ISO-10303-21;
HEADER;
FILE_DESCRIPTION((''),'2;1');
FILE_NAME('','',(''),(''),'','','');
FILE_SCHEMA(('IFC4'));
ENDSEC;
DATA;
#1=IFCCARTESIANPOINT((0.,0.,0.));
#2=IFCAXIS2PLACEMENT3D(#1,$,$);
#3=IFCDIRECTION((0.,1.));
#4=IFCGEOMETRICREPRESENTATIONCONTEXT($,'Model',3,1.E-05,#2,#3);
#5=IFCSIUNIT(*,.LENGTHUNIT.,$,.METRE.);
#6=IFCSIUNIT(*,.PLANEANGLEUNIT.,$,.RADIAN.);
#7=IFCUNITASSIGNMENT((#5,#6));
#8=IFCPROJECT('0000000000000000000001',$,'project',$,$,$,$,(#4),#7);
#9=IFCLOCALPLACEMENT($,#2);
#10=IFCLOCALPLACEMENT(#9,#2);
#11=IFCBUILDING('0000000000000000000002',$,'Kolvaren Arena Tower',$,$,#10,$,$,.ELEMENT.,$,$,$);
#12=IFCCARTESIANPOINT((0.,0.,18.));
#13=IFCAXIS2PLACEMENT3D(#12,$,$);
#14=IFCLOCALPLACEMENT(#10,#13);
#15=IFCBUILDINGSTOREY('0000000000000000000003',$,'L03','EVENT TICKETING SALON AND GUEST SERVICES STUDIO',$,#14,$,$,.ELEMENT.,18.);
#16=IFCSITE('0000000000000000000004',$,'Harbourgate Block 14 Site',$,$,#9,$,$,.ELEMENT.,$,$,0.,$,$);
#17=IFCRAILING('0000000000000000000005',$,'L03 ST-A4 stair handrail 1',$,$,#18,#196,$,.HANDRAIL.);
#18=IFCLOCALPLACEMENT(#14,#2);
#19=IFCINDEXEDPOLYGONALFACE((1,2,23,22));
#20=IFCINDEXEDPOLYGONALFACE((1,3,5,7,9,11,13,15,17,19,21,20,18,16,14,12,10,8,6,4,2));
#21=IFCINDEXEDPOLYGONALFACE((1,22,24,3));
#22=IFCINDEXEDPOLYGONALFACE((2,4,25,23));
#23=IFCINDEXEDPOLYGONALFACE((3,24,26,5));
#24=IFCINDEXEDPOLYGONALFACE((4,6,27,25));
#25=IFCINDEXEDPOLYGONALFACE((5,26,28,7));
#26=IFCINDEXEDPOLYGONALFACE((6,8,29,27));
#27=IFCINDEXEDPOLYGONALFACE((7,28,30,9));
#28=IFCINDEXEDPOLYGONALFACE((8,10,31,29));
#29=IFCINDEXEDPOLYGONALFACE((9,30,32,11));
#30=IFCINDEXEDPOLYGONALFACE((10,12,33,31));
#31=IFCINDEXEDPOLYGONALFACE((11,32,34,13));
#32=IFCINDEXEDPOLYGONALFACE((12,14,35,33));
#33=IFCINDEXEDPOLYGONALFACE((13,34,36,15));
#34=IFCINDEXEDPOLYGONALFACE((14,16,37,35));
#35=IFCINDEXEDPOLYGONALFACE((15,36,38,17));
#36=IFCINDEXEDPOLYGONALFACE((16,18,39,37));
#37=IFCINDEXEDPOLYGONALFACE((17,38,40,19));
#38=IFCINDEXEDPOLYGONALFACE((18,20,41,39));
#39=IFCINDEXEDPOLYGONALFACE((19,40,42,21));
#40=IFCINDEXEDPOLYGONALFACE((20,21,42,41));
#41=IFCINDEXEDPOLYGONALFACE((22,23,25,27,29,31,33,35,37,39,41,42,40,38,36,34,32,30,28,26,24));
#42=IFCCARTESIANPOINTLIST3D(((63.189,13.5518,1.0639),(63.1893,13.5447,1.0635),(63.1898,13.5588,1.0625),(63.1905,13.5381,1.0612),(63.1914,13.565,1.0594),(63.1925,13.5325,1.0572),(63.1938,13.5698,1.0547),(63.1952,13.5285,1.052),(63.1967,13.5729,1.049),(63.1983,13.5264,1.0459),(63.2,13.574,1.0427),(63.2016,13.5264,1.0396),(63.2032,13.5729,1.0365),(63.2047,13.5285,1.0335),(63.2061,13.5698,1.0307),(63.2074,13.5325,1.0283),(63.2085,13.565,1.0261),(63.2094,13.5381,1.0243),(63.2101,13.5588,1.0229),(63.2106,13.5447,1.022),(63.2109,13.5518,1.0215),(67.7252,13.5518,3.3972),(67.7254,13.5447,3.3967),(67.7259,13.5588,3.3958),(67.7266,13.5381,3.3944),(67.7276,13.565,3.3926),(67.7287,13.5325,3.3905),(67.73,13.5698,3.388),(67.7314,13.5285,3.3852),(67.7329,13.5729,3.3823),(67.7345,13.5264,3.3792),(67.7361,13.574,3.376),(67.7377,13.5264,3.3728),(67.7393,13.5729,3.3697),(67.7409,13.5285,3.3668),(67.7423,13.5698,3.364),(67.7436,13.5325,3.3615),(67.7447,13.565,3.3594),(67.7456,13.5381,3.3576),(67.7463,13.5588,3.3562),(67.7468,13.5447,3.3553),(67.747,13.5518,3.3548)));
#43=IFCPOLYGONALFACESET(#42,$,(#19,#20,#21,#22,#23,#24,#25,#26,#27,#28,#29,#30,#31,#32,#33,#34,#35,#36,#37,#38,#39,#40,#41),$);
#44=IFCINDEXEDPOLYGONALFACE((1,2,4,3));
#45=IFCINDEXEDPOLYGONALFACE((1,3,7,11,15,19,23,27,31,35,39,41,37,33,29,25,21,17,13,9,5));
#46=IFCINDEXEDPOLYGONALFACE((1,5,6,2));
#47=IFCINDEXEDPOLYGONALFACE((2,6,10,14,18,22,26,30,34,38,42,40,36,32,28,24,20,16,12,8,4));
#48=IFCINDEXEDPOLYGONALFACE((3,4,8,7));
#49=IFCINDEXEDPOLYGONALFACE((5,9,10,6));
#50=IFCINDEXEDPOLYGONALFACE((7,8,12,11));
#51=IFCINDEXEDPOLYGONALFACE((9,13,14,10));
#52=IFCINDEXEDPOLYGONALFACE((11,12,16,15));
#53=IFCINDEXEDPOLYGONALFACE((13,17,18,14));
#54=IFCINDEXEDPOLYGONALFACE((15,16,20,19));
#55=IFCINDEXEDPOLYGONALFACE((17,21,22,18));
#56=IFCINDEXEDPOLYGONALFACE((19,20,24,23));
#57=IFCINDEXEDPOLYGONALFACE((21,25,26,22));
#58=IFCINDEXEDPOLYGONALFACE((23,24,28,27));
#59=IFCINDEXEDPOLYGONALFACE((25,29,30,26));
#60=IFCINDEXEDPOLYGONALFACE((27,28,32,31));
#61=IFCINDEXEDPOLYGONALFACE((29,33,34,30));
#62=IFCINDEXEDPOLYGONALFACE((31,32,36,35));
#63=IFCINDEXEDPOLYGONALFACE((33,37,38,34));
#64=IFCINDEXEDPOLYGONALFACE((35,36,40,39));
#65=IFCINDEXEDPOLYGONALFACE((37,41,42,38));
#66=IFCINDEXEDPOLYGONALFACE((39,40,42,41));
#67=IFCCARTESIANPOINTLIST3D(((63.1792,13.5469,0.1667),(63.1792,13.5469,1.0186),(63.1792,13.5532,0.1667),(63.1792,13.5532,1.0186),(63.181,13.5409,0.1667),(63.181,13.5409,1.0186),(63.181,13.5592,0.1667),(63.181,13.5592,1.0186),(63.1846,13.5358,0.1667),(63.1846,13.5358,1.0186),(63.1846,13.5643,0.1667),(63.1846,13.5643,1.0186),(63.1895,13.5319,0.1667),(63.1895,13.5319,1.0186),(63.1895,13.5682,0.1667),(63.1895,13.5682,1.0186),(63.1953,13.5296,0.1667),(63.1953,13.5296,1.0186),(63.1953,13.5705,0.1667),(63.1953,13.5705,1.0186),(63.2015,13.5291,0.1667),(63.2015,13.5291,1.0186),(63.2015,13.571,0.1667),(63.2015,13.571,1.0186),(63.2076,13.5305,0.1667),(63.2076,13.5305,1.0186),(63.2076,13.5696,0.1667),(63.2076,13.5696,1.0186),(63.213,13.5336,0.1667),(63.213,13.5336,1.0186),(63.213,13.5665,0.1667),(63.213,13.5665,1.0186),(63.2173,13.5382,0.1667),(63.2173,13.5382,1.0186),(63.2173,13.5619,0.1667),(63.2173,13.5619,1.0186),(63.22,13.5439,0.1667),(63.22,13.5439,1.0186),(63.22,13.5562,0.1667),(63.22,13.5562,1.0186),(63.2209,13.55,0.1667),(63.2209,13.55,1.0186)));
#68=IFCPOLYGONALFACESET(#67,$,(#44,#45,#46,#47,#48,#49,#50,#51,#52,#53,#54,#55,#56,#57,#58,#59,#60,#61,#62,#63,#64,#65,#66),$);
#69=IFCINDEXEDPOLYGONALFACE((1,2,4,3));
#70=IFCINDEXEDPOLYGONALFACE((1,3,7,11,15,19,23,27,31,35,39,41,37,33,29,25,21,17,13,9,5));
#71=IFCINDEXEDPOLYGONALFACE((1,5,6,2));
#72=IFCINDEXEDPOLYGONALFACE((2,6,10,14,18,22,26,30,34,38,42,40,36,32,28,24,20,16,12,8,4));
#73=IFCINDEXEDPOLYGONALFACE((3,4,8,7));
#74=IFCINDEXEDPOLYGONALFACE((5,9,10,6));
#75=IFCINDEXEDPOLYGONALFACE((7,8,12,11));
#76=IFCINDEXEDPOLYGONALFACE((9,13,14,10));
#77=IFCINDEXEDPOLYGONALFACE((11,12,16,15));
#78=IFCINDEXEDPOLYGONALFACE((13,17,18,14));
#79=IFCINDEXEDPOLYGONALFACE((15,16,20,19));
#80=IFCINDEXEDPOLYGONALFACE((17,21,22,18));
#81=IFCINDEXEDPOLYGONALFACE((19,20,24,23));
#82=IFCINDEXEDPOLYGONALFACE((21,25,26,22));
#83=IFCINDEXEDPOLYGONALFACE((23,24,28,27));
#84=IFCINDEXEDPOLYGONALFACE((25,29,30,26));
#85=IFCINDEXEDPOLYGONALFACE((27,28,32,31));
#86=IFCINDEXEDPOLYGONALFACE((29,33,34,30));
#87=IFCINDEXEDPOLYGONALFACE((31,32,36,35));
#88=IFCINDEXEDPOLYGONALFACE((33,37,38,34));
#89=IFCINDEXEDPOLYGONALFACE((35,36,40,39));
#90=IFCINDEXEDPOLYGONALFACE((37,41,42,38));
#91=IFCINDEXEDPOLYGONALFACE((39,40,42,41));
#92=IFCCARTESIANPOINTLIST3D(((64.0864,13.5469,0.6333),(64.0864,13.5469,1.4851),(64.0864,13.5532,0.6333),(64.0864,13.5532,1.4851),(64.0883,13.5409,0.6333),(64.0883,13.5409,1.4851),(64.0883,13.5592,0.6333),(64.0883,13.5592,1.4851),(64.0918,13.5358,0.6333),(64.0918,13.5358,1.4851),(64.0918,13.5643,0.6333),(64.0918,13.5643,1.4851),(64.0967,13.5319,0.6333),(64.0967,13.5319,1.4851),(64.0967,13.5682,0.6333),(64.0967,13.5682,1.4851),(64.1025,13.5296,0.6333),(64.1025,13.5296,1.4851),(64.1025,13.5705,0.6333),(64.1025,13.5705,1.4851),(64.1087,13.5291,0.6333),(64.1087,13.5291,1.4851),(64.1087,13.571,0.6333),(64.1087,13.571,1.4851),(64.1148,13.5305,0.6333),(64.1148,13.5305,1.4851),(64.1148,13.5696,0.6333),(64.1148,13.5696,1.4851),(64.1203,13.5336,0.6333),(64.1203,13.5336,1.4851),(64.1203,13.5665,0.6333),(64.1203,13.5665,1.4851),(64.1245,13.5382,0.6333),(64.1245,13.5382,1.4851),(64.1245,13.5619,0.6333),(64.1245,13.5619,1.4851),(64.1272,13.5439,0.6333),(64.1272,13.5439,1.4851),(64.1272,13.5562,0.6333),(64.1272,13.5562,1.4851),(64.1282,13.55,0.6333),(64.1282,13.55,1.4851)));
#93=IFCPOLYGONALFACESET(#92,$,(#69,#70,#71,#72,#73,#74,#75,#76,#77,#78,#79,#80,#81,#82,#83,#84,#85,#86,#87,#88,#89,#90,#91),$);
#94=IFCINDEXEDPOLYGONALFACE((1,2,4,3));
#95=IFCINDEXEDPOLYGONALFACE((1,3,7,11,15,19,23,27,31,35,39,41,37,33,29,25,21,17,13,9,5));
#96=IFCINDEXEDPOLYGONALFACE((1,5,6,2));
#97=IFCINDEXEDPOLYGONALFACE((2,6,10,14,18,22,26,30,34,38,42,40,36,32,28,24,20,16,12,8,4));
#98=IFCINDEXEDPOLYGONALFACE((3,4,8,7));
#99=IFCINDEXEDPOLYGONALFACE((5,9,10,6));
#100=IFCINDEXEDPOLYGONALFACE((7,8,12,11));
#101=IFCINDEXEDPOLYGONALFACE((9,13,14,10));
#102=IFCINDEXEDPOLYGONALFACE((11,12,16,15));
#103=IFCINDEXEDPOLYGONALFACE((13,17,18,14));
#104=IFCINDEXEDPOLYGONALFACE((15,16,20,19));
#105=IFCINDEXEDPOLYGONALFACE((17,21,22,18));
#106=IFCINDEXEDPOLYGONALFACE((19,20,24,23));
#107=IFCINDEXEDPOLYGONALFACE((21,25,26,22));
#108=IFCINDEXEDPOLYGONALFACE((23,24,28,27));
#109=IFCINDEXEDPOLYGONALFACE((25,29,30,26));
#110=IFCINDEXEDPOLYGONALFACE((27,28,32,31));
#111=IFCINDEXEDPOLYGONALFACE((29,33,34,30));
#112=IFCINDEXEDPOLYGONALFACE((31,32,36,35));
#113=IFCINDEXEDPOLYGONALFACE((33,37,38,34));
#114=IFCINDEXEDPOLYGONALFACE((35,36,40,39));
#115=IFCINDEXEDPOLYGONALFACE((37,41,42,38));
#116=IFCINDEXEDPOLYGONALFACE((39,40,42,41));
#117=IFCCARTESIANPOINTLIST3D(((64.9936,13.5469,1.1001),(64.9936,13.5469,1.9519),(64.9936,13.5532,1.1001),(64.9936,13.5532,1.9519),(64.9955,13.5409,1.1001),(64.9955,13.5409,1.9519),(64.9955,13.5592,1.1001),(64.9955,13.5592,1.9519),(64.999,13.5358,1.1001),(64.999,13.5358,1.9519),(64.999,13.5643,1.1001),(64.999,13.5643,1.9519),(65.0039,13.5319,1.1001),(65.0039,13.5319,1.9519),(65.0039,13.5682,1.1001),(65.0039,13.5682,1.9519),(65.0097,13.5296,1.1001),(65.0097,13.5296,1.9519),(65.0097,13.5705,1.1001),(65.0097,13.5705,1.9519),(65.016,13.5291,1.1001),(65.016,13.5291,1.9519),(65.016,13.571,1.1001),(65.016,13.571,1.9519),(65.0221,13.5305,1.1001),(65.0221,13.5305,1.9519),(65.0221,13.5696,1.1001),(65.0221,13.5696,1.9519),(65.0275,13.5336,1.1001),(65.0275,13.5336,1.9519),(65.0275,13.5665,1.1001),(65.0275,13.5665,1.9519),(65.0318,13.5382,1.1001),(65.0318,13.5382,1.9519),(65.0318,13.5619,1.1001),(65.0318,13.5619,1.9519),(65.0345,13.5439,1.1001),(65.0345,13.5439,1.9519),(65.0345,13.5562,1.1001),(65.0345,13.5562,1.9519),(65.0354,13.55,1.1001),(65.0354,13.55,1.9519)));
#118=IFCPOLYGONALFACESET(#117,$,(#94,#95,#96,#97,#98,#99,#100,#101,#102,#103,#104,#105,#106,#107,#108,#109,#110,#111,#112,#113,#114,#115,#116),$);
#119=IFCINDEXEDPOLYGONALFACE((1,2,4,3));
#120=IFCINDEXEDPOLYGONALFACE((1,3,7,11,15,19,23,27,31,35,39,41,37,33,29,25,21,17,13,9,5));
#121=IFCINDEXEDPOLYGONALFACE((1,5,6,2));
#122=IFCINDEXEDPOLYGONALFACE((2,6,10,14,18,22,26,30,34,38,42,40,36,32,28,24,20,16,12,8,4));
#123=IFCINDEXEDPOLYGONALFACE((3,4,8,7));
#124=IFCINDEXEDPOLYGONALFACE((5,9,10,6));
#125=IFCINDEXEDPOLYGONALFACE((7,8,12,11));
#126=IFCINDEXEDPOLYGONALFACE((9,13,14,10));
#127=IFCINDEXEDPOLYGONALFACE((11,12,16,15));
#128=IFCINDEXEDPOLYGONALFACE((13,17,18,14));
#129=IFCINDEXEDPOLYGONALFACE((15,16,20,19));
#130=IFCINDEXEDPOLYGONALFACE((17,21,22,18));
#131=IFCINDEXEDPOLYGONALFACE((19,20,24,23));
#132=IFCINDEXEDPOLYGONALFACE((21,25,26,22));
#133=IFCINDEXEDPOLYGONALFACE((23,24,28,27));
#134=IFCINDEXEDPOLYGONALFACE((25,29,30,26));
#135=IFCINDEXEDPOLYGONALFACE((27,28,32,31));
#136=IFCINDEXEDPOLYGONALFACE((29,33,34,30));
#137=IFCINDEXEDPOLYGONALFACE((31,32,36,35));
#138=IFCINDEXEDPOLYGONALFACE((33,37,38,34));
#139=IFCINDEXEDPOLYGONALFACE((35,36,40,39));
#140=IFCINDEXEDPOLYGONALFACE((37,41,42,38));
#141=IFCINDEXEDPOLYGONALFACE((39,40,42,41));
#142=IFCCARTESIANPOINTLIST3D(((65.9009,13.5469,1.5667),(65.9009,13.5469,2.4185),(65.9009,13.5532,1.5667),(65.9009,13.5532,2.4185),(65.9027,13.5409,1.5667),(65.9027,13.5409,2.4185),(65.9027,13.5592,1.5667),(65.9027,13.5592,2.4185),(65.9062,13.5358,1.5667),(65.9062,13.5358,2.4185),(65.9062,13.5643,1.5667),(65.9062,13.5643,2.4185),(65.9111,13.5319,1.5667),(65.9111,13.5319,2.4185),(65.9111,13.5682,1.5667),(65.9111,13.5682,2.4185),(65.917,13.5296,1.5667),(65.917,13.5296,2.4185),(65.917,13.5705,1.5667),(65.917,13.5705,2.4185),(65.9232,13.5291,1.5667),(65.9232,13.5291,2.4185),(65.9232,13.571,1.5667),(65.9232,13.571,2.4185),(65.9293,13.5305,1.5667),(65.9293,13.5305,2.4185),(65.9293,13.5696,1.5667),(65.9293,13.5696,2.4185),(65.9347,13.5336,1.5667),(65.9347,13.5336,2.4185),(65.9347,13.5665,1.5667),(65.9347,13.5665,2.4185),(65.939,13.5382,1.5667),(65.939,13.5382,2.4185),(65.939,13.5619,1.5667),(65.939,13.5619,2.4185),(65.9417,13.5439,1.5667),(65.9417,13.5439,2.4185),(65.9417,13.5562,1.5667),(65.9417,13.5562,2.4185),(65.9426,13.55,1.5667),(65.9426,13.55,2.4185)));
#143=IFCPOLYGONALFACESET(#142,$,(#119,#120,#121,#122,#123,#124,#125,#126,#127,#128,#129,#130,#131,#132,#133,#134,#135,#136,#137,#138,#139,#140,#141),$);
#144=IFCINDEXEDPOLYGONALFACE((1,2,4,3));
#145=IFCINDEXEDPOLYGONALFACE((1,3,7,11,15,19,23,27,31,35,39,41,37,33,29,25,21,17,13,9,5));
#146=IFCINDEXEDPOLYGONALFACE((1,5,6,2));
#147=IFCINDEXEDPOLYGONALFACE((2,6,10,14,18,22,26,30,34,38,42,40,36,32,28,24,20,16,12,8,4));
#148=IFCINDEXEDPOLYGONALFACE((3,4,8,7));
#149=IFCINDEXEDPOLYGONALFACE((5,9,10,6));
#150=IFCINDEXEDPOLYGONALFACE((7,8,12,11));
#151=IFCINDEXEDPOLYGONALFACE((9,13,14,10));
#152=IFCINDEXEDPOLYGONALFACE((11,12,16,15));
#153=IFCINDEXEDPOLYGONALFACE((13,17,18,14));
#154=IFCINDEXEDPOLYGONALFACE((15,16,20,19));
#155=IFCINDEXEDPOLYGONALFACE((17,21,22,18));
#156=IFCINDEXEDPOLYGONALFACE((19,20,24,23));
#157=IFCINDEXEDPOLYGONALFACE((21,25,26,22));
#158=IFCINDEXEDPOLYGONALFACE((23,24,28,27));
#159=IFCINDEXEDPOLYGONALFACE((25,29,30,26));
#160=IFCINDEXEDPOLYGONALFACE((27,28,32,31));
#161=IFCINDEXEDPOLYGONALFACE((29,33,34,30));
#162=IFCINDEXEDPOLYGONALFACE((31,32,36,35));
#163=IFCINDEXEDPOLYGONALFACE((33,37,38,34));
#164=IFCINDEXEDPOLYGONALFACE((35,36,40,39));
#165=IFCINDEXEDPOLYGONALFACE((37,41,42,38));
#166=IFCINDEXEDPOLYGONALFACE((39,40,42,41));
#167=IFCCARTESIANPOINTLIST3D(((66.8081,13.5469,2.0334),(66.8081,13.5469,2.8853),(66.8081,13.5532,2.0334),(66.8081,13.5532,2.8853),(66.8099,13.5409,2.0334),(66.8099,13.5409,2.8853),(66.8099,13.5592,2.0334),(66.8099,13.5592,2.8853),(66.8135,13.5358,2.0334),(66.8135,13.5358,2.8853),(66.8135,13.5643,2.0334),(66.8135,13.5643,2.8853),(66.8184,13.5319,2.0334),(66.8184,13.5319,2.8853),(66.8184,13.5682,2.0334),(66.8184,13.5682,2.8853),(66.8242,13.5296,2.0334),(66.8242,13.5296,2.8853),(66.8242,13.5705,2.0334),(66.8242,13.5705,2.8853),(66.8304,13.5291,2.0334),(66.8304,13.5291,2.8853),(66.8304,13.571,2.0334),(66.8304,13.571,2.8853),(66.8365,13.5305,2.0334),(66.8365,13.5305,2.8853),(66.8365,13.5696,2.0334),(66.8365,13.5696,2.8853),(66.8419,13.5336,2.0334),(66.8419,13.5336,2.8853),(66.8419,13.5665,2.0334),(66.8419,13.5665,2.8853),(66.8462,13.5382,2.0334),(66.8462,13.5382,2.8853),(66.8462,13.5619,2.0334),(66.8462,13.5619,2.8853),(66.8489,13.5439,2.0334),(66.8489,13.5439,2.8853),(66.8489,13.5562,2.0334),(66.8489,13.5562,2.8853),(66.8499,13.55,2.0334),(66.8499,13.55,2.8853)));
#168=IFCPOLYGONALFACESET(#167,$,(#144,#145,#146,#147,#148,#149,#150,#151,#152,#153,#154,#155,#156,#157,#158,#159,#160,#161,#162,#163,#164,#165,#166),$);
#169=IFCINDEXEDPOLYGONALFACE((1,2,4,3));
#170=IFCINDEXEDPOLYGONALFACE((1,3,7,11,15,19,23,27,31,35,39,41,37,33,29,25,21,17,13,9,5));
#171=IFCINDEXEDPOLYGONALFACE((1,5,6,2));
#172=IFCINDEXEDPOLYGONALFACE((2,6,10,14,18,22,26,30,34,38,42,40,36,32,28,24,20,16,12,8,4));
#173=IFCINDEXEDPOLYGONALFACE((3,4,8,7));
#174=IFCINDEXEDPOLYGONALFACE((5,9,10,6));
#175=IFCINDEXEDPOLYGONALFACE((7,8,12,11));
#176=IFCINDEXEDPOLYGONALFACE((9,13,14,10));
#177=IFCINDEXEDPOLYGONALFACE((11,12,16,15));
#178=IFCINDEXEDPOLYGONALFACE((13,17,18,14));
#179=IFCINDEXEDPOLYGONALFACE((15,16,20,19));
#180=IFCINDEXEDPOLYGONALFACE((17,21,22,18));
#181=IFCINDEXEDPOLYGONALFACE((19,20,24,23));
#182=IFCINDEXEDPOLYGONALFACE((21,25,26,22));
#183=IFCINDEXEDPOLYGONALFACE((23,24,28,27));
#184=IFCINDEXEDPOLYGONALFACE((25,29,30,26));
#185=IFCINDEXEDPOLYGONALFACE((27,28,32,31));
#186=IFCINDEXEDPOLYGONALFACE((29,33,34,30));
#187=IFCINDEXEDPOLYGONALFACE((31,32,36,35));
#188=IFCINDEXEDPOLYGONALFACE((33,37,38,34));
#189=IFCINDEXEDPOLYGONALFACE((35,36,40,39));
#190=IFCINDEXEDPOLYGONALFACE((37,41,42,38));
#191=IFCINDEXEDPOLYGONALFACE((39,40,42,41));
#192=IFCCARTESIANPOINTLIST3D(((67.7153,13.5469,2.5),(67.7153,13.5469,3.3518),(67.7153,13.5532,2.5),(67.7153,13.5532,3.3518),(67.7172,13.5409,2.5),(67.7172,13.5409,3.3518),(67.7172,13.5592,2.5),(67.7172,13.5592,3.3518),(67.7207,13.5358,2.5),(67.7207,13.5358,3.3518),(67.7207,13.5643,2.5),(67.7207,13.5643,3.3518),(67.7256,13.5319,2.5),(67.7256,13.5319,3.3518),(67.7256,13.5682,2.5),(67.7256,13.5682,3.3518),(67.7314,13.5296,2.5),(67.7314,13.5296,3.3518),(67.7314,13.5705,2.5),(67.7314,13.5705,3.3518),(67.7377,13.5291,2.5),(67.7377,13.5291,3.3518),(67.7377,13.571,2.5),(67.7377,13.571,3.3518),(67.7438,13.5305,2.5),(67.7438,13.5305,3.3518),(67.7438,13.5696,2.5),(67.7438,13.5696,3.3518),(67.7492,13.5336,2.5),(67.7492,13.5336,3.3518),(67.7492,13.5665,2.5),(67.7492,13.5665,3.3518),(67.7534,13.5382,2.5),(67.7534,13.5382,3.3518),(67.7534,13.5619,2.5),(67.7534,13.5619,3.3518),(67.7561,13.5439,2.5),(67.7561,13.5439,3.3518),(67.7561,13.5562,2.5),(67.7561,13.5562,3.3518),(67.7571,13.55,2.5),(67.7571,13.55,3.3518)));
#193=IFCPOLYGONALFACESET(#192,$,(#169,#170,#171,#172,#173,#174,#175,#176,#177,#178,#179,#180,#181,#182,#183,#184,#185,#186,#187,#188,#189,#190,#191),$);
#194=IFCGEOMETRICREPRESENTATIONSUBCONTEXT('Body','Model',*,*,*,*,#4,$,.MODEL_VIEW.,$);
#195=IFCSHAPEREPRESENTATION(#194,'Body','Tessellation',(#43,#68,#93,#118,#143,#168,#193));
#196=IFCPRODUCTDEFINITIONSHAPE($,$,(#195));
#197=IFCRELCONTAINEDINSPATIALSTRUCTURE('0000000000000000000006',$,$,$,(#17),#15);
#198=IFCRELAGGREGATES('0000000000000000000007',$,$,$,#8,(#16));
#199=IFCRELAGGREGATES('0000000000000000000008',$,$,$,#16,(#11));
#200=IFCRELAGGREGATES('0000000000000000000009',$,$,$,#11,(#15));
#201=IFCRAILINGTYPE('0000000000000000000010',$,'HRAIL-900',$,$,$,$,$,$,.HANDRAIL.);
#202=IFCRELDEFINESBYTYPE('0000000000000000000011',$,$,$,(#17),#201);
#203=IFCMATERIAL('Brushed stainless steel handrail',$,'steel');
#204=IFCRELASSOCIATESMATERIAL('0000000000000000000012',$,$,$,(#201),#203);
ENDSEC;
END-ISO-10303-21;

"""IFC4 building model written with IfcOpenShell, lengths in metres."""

from ifc_helpers import new_model, si_unit, direction, frame, origin, origin_2d, place, context, subcontext, project, spatial, circle, extrude, material, type_object, element, save


model = new_model("IFC4")

# Units and contexts
model_context = context("Model", 3, precision=1e-05, world=origin(), true_north=direction((0.0, 1.0)))
body_context = subcontext(model_context, "Body", "Model", "MODEL_VIEW")
ifc_project = project(units=[si_unit("LENGTHUNIT", "METRE"), si_unit("PLANEANGLEUNIT", "RADIAN")], contexts=[model_context])

# Site, building, storey
site_placement = place(None, origin())
site = spatial("IfcSite", under=ifc_project, at=site_placement, Name="Harbourgate Block 14 Site", CompositionType="ELEMENT", RefElevation=0.0)
building_placement = place(site_placement, origin())
building = spatial("IfcBuilding", under=site, at=building_placement, Name="Kolvaren Arena Tower", CompositionType="ELEMENT")
storey_placement = place(building_placement, frame((0.0, 0.0, 18.0)))
storey = spatial("IfcBuildingStorey", under=building, at=storey_placement, Name="L03", Description="EVENT TICKETING SALON AND GUEST SERVICES STUDIO", CompositionType="ELEMENT", Elevation=18.0)

# Railing
ifc_material_1 = material(Name="Brushed stainless steel handrail", Category="steel")
railing_type = type_object("IfcRailingType", Name="HRAIL-900", PredefinedType="HANDRAIL", material=ifc_material_1)
railing_placement = place(storey_placement, frame((63.2, 13.55, 0.1667)))
element("IfcRailing", 1, at=railing_placement, inside=storey, type_object=railing_type, Name="L03 ST-A4 stair handrail 1", PredefinedType="HANDRAIL", context=body_context, shape_type="SweptSolid", body=[
    extrude(circle(Radius=0.0239, at=origin_2d()), frame((0.0, 0.0, 0.876), z_axis=(0.889257, 0.0, 0.457407), x_axis=(0.0, 1.0, 0.0)), (0.0, 0.0, 1.0), 5.1011),
    extrude(circle(Radius=0.021, at=origin_2d()), origin(), (0.0, 0.0, 1.0), 0.8518),
    extrude(circle(Radius=0.021, at=origin_2d()), frame((0.9072, 0.0, 0.4666)), (0.0, 0.0, 1.0), 0.8518),
    extrude(circle(Radius=0.021, at=origin_2d()), frame((1.8145, 0.0, 0.9333)), (0.0, 0.0, 1.0), 0.8518),
    extrude(circle(Radius=0.021, at=origin_2d()), frame((2.7217, 0.0, 1.3999)), (0.0, 0.0, 1.0), 0.8518),
    extrude(circle(Radius=0.021, at=origin_2d()), frame((3.6289, 0.0, 1.8667)), (0.0, 0.0, 1.0), 0.8518),
    extrude(circle(Radius=0.021, at=origin_2d()), frame((4.5361, 0.0, 2.3333)), (0.0, 0.0, 1.0), 0.8518),
])

save(model, "model.ifc")
